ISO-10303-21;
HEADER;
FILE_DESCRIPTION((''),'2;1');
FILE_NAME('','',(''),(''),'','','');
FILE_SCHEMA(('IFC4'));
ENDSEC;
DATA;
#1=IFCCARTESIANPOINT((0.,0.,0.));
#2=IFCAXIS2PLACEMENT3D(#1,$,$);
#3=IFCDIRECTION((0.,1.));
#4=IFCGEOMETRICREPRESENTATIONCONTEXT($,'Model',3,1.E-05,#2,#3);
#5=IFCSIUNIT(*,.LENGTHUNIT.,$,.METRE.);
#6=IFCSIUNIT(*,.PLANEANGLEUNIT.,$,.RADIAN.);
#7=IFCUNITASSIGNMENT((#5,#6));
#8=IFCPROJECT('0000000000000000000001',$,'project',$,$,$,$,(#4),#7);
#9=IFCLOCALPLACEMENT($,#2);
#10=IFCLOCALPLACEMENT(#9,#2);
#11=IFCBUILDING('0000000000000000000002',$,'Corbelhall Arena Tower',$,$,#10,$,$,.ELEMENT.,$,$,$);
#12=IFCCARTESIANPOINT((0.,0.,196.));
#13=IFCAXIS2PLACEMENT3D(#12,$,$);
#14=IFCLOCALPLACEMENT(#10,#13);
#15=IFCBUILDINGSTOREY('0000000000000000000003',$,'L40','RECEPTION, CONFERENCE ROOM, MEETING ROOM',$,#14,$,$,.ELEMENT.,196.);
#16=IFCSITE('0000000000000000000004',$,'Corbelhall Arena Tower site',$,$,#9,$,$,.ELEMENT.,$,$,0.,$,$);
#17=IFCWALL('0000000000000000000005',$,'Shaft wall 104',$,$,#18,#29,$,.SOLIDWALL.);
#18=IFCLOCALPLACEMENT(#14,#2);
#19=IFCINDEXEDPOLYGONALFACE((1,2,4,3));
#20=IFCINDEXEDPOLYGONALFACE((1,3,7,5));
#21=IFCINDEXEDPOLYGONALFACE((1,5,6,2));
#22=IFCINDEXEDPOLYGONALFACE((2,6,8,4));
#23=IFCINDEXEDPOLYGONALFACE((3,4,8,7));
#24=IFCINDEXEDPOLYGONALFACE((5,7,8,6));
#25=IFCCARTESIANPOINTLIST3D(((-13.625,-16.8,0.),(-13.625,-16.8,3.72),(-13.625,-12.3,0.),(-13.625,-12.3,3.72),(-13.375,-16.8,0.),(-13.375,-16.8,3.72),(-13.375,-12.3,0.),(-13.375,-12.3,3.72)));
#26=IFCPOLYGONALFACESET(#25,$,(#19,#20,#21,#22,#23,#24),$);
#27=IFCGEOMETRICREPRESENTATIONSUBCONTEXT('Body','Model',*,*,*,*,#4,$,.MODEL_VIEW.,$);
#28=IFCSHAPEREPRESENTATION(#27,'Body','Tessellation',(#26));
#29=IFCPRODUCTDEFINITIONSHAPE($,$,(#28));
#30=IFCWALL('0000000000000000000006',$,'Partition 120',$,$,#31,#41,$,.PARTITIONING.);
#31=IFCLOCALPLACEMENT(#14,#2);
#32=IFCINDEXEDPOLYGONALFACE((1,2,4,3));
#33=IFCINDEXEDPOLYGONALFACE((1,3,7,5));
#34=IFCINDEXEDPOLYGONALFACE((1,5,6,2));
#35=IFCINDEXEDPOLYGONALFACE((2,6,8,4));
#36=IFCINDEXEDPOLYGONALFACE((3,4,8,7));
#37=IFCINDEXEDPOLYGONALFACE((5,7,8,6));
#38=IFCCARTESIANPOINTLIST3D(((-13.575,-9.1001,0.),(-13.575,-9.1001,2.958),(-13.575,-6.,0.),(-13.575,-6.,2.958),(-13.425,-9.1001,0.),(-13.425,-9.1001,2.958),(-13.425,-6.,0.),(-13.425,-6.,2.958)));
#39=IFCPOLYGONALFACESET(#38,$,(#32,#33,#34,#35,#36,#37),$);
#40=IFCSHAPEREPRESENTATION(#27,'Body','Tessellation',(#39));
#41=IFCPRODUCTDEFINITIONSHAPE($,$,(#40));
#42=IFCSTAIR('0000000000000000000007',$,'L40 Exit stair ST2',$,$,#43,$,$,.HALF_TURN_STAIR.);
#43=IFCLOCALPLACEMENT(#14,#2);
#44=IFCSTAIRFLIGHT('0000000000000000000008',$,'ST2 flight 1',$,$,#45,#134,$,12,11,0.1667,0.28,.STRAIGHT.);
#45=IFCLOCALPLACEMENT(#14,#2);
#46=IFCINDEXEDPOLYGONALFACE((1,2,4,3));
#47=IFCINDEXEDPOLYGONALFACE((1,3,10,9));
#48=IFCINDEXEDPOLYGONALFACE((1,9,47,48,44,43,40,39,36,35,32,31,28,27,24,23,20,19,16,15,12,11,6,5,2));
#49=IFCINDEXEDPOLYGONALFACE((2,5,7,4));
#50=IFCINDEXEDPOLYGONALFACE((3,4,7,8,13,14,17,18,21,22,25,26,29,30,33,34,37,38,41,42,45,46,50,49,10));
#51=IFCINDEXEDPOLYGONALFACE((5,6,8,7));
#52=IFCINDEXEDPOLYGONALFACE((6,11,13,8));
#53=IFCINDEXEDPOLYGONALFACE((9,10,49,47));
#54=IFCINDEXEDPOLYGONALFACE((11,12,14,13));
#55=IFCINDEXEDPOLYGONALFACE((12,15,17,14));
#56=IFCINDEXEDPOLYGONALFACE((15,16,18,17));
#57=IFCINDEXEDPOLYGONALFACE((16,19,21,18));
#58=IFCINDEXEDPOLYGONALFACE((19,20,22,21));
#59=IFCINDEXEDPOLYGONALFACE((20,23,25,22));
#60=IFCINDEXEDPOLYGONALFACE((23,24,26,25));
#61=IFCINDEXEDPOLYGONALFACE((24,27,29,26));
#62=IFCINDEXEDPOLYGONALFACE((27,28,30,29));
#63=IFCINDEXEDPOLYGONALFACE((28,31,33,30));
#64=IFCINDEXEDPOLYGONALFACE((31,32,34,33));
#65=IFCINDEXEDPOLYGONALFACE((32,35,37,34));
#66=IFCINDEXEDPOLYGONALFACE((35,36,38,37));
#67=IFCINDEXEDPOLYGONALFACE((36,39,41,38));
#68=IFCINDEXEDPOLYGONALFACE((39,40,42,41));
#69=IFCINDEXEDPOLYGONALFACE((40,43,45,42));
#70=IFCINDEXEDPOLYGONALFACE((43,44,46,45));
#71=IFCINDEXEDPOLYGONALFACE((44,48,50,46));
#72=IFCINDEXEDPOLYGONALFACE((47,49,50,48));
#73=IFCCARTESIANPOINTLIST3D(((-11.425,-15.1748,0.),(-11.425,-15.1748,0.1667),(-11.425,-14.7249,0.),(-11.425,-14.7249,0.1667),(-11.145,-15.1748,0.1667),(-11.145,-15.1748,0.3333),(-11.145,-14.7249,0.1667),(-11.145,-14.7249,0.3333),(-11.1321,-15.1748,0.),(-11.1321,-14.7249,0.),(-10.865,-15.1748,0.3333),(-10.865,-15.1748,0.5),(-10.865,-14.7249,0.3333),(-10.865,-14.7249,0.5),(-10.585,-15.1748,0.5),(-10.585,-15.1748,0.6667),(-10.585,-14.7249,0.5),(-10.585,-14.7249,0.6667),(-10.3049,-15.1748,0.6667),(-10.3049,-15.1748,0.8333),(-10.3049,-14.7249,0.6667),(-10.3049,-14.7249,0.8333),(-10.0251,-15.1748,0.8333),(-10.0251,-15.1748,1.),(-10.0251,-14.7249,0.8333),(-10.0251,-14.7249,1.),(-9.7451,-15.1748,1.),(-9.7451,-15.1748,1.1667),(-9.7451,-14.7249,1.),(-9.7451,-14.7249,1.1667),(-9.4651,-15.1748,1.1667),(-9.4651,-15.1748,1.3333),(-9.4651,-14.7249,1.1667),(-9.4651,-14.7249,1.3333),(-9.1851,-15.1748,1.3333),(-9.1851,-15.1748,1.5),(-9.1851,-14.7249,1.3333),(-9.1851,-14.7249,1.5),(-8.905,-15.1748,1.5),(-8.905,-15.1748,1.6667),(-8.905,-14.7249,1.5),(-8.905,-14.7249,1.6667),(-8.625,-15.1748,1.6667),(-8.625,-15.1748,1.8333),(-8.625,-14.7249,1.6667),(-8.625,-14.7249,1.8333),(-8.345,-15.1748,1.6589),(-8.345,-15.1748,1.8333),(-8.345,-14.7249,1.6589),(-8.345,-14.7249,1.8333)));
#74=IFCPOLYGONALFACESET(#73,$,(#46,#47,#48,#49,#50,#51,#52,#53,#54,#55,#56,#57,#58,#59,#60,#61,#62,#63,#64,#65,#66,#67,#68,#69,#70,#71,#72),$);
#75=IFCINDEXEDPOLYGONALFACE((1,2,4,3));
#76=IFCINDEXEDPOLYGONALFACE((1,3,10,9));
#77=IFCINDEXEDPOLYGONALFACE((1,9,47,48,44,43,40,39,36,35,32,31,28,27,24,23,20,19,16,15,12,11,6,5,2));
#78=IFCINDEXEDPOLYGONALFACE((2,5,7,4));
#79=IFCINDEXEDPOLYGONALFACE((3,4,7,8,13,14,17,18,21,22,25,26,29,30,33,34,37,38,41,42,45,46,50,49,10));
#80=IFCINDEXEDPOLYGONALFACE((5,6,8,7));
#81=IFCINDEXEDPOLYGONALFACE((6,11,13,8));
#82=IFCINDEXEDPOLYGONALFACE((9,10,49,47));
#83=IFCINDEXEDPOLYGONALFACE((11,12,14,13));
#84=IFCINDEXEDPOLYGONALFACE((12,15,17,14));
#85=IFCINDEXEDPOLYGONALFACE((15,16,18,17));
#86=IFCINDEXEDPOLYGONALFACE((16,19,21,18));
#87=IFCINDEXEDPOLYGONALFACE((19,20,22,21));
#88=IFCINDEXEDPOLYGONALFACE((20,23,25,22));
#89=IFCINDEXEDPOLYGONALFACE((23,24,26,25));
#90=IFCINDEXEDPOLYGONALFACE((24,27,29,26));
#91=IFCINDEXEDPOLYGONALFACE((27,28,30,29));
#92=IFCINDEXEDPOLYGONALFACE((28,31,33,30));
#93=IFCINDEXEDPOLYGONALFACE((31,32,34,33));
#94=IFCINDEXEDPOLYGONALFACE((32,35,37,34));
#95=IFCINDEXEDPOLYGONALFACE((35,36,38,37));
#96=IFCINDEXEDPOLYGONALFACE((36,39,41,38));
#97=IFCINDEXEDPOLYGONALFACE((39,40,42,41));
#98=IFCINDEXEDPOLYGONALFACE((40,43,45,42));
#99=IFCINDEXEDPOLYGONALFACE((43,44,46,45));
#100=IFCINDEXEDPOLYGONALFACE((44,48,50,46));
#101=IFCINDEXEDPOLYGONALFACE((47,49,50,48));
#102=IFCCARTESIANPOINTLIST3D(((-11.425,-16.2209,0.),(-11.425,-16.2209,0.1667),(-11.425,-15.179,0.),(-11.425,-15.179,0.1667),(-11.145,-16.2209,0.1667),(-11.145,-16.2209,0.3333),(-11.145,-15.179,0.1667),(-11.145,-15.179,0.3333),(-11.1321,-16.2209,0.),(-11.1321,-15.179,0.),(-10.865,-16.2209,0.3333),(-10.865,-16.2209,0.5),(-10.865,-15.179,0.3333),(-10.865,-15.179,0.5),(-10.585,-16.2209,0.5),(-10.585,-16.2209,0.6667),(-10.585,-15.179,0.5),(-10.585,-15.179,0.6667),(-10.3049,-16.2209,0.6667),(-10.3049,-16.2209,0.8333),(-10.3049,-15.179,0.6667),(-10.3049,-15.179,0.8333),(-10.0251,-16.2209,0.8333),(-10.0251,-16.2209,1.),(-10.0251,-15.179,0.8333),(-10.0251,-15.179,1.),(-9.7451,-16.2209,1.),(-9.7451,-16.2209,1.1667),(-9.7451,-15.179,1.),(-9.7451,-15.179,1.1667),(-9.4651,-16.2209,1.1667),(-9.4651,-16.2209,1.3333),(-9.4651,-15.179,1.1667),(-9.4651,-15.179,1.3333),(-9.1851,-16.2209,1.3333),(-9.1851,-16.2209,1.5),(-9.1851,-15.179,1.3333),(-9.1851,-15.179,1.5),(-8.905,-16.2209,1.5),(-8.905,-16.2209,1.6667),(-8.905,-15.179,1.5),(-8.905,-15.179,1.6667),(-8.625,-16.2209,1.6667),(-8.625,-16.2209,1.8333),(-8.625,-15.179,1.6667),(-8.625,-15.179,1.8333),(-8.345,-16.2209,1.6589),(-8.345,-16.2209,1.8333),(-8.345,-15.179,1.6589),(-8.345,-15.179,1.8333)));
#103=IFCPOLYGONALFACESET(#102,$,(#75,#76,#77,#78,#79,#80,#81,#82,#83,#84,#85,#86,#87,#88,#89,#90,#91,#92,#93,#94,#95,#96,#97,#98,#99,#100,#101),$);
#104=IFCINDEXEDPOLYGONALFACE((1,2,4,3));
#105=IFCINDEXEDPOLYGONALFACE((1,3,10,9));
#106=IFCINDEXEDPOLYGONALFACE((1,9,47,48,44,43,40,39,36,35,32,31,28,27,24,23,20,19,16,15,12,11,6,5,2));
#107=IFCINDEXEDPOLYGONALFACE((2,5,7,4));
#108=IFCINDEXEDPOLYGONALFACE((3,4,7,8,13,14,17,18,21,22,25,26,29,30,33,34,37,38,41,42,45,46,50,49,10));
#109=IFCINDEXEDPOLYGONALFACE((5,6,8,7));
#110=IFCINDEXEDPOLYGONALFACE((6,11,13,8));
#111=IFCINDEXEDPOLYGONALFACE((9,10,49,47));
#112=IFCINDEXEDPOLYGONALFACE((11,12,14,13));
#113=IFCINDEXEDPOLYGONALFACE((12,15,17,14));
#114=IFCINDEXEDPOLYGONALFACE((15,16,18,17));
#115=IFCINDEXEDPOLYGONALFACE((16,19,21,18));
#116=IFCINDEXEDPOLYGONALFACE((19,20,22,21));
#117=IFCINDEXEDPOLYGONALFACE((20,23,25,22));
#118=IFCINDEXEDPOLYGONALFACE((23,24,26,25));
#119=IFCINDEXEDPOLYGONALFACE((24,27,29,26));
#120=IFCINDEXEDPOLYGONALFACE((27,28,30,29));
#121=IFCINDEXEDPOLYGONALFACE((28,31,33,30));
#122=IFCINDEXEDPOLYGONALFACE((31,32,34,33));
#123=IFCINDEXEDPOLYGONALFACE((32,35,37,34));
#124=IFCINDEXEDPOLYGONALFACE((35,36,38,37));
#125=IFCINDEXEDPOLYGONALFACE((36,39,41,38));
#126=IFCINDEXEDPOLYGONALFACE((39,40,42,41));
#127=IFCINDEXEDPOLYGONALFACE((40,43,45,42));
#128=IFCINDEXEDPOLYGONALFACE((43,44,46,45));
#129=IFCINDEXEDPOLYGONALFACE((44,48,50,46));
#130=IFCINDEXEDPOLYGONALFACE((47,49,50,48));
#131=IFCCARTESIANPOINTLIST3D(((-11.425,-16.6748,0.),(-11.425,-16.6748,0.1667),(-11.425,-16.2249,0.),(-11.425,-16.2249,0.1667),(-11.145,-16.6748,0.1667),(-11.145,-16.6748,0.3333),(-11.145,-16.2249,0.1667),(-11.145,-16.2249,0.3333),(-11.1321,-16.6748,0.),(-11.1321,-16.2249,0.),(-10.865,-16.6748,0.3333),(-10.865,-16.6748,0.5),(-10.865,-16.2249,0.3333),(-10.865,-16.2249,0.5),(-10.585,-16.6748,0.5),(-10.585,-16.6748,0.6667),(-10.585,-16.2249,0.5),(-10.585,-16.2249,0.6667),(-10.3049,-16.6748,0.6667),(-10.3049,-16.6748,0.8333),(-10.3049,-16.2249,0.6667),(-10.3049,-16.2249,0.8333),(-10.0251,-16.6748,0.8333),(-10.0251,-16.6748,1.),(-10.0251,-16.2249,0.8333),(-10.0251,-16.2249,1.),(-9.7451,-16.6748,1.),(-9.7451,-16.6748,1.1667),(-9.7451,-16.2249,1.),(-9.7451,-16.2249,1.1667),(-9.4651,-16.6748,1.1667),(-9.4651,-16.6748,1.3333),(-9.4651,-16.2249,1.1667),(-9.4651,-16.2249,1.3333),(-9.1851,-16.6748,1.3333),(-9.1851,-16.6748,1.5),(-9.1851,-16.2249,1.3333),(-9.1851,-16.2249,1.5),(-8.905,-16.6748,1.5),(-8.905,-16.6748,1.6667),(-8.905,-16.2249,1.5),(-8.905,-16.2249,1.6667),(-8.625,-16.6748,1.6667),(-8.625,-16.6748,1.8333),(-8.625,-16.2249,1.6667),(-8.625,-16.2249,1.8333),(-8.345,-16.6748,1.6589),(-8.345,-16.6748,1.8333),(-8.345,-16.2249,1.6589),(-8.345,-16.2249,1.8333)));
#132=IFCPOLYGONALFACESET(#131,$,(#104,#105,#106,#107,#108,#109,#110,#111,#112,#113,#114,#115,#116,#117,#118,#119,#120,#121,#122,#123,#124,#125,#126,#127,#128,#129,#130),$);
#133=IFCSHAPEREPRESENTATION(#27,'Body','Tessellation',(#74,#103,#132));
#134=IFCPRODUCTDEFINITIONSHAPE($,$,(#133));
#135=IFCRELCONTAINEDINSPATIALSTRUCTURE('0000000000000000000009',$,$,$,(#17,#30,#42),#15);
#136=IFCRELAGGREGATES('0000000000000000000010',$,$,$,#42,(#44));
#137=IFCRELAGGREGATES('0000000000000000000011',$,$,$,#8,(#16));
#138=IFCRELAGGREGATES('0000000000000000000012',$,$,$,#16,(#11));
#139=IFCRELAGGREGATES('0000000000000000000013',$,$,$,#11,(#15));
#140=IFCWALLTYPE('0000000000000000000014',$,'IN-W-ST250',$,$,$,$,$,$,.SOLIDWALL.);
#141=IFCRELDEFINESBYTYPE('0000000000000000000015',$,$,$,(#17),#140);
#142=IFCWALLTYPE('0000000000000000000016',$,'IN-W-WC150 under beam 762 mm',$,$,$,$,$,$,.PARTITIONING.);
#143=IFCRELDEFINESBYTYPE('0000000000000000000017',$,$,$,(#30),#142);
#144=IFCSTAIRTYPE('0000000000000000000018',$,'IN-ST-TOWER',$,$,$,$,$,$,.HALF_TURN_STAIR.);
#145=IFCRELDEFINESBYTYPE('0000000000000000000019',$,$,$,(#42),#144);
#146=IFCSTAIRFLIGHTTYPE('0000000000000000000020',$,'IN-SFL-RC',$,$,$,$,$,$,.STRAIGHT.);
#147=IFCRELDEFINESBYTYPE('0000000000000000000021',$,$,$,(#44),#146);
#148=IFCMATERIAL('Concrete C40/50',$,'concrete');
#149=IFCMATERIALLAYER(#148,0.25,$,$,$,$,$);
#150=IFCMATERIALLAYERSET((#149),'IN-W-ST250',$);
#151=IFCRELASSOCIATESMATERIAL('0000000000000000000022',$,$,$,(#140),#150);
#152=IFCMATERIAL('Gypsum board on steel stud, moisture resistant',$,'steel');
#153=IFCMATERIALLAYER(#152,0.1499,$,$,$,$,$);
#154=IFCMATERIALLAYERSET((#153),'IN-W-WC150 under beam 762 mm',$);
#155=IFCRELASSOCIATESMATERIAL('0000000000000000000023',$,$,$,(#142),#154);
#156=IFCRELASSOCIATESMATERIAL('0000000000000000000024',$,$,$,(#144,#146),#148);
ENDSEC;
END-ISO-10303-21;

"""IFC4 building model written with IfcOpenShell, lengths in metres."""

from ifc_helpers import new_model, si_unit, direction, frame, frame_2d, origin, place, context, subcontext, project, spatial, polyline, rectangle, outline, extrude, material, layer, layer_set, type_object, element, aggregate, save


model = new_model("IFC4")

# Units and contexts
model_context = context("Model", 3, precision=1e-05, world=origin(), true_north=direction((0.0, 1.0)))
body_context = subcontext(model_context, "Body", "Model", "MODEL_VIEW")
ifc_project = project(units=[si_unit("LENGTHUNIT", "METRE"), si_unit("PLANEANGLEUNIT", "RADIAN")], contexts=[model_context])

# Site, building, storey
site_placement = place(None, origin())
site = spatial("IfcSite", under=ifc_project, at=site_placement, Name="Corbelhall Arena Tower site", CompositionType="ELEMENT", RefElevation=0.0)
building_placement = place(site_placement, origin())
building = spatial("IfcBuilding", under=site, at=building_placement, Name="Corbelhall Arena Tower", CompositionType="ELEMENT")
storey_placement = place(building_placement, frame((0.0, 0.0, 196.0)))
storey = spatial("IfcBuildingStorey", under=building, at=storey_placement, Name="L40", Description="RECEPTION, CONFERENCE ROOM, MEETING ROOM", CompositionType="ELEMENT", Elevation=196.0)

# Walls
ifc_material_1 = material(Name="Concrete C40/50", Category="concrete")
ifc_layer_1 = layer(ifc_material_1, 0.25)
ifc_layer_set_1 = layer_set([ifc_layer_1], Name="IN-W-ST250")
wall_type_1 = type_object("IfcWallType", Name="IN-W-ST250", PredefinedType="SOLIDWALL", material=ifc_layer_set_1)
wall_1_placement = place(storey_placement, frame((-13.5, -16.8, 0.0), z_axis=(0.0, 0.0, 1.0), x_axis=(0.0, 1.0, 0.0)))
element("IfcWall", 1, at=wall_1_placement, inside=storey, type_object=wall_type_1, Name="Shaft wall 104", PredefinedType="SOLIDWALL", context=body_context, shape_type="SweptSolid", body=[
    extrude(rectangle(XDim=4.5, YDim=0.25, at=frame_2d((2.25, 0.0))), origin(), (0.0, 0.0, 1.0), 3.72),
])
ifc_material_2 = material(Name="Gypsum board on steel stud, moisture resistant", Category="steel")
ifc_layer_2 = layer(ifc_material_2, 0.1499)
ifc_layer_set_2 = layer_set([ifc_layer_2], Name="IN-W-WC150 under beam 762 mm")
wall_type_2 = type_object("IfcWallType", Name="IN-W-WC150 under beam 762 mm", PredefinedType="PARTITIONING", material=ifc_layer_set_2)
wall_2_placement = place(storey_placement, frame((-13.5, -9.1001, 0.0), z_axis=(0.0, 0.0, 1.0), x_axis=(0.0, 1.0, 0.0)))
element("IfcWall", 2, at=wall_2_placement, inside=storey, type_object=wall_type_2, Name="Partition 120", PredefinedType="PARTITIONING", context=body_context, shape_type="SweptSolid", body=[
    extrude(rectangle(XDim=3.1001, YDim=0.1499, at=frame_2d((1.55, 0.0))), origin(), (0.0, 0.0, 1.0), 2.958),
])

# Stair, stair flight
stair_type = type_object("IfcStairType", Name="IN-ST-TOWER", PredefinedType="HALF_TURN_STAIR", material=ifc_material_1)
stair_placement = place(storey_placement, origin())
stair = element("IfcStair", 3, at=stair_placement, inside=storey, type_object=stair_type, Name="L40 Exit stair ST2", PredefinedType="HALF_TURN_STAIR")
stair_flight_type = type_object("IfcStairFlightType", Name="IN-SFL-RC", PredefinedType="STRAIGHT", material=ifc_material_1)
stair_flight_1_placement = place(storey_placement, frame((-11.425, -15.7, 0.0), z_axis=(0.0, 0.0, 1.0), x_axis=(1.0, 0.0, 0.0)))
stair_flight_1 = element("IfcStairFlight", 4, at=stair_flight_1_placement, type_object=stair_flight_type, Name="ST2 flight 1", NumberOfRisers=12, NumberOfTreads=11, PredefinedType="STRAIGHT", RiserHeight=0.1667, TreadLength=0.28, context=body_context, shape_type="SweptSolid", body=[
    extrude(outline(polyline([(0.0, 0.0), (0.0, 0.1667), (0.28, 0.1667), (0.28, 0.3333), (0.5601, 0.3333), (0.5601, 0.5), (0.8401, 0.5), (0.8401, 0.6667), (1.1201, 0.6667), (1.1201, 0.8333), (1.3999, 0.8333), (1.3999, 1.0), (1.6799, 1.0), (1.6799, 1.1667), (1.96, 1.1667), (1.96, 1.3333), (2.24, 1.3333), (2.24, 1.5), (2.52, 1.5), (2.52, 1.6667), (2.8, 1.6667), (2.8, 1.8333), (3.0801, 1.8333), (3.0801, 2.0), (3.0801, 1.6589), (0.293, 0.0), (0.0, 0.0)])), frame((0.0, 0.9751, 0.0), z_axis=(0.0, -1.0, 0.0), x_axis=(1.0, 0.0, 0.0)), (0.0, 0.0, 1.0), 0.45),
    extrude(outline(polyline([(0.0, 0.0), (0.0, 0.1667), (0.28, 0.1667), (0.28, 0.3333), (0.5601, 0.3333), (0.5601, 0.5), (0.8401, 0.5), (0.8401, 0.6667), (1.1201, 0.6667), (1.1201, 0.8333), (1.3999, 0.8333), (1.3999, 1.0), (1.6799, 1.0), (1.6799, 1.1667), (1.96, 1.1667), (1.96, 1.3333), (2.24, 1.3333), (2.24, 1.5), (2.52, 1.5), (2.52, 1.6667), (2.8, 1.6667), (2.8, 1.8333), (3.0801, 1.8333), (3.0801, 2.0), (3.0801, 1.6589), (0.293, 0.0), (0.0, 0.0)])), frame((0.0, 0.521, 0.0), z_axis=(0.0, -1.0, 0.0), x_axis=(1.0, 0.0, 0.0)), (0.0, 0.0, 1.0), 1.042),
    extrude(outline(polyline([(0.0, 0.0), (0.0, 0.1667), (0.28, 0.1667), (0.28, 0.3333), (0.5601, 0.3333), (0.5601, 0.5), (0.8401, 0.5), (0.8401, 0.6667), (1.1201, 0.6667), (1.1201, 0.8333), (1.3999, 0.8333), (1.3999, 1.0), (1.6799, 1.0), (1.6799, 1.1667), (1.96, 1.1667), (1.96, 1.3333), (2.24, 1.3333), (2.24, 1.5), (2.52, 1.5), (2.52, 1.6667), (2.8, 1.6667), (2.8, 1.8333), (3.0801, 1.8333), (3.0801, 2.0), (3.0801, 1.6589), (0.293, 0.0), (0.0, 0.0)])), frame((0.0, -0.5249, 0.0), z_axis=(0.0, -1.0, 0.0), x_axis=(1.0, 0.0, 0.0)), (0.0, 0.0, 1.0), 0.45),
])
aggregate(stair, [stair_flight_1])

save(model, "model.ifc")
